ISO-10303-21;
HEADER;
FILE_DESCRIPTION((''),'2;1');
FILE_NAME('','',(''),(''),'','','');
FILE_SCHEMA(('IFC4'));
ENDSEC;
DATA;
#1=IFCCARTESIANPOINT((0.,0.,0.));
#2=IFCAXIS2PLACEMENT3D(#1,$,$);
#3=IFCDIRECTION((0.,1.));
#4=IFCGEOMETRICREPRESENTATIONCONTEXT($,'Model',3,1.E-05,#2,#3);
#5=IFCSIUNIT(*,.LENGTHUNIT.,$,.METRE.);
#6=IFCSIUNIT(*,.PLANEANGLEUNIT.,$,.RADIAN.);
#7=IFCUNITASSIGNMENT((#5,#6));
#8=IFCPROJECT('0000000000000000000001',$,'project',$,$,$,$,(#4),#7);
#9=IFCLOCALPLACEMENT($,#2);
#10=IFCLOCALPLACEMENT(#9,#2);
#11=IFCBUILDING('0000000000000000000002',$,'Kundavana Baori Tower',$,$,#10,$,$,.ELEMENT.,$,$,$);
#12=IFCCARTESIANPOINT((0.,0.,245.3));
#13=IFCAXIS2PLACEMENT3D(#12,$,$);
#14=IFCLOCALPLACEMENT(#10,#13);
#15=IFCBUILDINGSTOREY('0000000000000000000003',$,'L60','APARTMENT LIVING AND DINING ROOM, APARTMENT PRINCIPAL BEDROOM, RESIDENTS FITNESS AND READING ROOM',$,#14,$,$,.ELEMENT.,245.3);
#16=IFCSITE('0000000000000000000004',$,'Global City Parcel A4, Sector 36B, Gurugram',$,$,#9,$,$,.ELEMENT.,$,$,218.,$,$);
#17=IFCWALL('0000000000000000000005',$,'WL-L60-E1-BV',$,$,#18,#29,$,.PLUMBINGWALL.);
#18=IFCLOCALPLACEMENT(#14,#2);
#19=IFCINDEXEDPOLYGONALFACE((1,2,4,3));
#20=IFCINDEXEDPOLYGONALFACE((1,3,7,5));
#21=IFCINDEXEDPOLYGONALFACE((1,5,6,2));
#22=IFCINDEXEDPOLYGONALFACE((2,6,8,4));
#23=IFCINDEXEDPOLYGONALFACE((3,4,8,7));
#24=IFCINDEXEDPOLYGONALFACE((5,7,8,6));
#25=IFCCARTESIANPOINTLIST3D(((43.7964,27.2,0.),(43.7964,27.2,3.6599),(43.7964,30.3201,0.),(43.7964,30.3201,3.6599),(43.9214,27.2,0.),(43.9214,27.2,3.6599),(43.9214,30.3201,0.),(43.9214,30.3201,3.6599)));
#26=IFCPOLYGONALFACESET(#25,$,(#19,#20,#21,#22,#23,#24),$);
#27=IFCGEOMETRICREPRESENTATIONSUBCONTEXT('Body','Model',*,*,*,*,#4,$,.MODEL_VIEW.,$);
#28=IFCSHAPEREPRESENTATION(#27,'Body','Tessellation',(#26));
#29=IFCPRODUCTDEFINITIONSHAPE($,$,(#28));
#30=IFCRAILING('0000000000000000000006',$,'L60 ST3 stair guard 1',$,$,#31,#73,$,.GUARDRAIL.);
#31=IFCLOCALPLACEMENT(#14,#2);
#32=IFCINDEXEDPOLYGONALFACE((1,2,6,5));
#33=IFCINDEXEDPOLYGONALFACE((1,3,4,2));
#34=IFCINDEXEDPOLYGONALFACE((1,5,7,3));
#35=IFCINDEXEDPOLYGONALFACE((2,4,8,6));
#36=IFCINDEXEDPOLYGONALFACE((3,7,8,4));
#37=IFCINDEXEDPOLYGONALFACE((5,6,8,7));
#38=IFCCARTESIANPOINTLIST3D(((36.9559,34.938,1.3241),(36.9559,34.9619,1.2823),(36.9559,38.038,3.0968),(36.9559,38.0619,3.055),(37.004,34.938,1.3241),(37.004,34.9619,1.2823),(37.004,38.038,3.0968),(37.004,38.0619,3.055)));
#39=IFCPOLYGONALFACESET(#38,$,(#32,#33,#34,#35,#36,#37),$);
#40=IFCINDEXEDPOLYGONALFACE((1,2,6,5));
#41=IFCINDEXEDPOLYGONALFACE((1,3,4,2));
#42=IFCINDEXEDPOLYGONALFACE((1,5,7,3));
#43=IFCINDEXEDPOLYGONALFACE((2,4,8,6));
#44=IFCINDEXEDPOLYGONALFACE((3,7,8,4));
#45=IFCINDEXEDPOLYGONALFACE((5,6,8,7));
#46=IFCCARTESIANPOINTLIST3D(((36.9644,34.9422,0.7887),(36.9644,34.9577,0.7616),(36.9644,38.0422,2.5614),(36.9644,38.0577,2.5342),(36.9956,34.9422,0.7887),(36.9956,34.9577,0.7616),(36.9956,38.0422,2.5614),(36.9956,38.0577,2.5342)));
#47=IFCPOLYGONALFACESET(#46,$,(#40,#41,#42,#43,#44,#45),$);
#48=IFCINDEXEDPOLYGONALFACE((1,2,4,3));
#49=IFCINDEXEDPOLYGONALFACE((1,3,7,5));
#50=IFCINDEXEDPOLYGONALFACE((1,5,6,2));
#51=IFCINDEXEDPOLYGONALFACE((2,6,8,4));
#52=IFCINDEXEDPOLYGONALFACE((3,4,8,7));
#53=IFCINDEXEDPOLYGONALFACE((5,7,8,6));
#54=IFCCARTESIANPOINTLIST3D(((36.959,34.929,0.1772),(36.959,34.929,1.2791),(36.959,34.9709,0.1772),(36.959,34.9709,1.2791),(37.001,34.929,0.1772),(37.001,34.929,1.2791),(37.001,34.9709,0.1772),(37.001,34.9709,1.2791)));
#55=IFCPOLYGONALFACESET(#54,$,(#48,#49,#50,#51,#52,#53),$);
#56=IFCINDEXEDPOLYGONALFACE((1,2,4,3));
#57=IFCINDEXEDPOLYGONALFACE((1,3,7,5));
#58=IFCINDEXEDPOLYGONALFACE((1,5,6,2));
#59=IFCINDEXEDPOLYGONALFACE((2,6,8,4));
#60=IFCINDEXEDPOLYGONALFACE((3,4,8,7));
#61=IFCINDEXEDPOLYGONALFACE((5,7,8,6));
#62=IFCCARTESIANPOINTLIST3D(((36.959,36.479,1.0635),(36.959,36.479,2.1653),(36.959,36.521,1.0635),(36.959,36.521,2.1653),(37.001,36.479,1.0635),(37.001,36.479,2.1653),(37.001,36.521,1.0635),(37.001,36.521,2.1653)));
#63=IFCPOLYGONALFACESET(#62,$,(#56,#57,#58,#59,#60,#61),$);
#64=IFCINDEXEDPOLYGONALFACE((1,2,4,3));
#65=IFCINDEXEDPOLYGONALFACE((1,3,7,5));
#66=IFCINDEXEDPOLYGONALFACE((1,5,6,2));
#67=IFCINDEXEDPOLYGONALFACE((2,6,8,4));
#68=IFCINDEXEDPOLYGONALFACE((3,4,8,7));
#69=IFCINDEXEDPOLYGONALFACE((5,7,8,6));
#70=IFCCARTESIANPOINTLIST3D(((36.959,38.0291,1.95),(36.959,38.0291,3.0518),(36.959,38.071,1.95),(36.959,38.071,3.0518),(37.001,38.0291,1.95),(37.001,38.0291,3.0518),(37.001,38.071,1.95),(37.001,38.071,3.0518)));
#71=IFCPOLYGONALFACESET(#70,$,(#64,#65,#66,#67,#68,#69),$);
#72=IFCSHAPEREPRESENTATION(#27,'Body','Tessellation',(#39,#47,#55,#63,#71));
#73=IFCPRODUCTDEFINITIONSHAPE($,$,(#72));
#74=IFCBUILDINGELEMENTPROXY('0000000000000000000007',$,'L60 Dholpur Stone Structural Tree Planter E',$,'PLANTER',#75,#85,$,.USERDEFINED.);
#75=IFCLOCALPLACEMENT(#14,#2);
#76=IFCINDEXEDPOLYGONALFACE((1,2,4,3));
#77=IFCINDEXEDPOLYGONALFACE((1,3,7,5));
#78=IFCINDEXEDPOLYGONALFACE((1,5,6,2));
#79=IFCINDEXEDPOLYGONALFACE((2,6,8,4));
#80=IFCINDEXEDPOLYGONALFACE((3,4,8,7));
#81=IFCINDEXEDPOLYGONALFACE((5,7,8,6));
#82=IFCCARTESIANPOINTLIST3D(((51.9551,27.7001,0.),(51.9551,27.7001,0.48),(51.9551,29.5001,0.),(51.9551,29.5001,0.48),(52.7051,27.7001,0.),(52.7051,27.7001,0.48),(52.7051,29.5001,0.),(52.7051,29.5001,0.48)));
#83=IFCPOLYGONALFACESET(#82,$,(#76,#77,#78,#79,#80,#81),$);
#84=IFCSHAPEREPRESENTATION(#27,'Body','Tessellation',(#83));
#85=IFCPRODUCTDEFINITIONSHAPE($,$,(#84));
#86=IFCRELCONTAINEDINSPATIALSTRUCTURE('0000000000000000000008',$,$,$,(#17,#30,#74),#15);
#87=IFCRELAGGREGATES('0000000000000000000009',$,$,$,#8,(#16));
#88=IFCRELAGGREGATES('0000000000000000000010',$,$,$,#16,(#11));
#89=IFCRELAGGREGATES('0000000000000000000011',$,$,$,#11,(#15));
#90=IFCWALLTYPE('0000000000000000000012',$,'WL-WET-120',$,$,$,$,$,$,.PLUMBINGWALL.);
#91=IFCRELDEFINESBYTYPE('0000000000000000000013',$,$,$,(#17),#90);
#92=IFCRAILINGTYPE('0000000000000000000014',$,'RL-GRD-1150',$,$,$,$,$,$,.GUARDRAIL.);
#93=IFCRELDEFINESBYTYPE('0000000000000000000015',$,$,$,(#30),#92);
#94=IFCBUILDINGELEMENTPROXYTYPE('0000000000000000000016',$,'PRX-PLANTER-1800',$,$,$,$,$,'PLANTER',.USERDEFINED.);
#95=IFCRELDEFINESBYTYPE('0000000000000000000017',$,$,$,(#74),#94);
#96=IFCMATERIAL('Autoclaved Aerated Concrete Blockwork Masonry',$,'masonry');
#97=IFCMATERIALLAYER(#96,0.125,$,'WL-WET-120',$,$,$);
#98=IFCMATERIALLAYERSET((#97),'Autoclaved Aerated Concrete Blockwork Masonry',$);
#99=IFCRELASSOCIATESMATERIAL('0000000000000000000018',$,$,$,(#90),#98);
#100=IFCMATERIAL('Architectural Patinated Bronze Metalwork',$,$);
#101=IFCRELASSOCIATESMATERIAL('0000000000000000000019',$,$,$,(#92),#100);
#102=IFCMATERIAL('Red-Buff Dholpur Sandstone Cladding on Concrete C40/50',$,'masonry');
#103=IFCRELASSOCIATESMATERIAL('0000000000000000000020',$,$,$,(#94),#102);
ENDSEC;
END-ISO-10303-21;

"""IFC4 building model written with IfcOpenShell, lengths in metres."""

from ifc_helpers import new_model, si_unit, direction, frame, frame_2d, origin, origin_2d, place, context, subcontext, project, spatial, rectangle, extrude, material, layer, layer_set, type_object, element, save


model = new_model("IFC4")

# Units and contexts
model_context = context("Model", 3, precision=1e-05, world=origin(), true_north=direction((0.0, 1.0)))
body_context = subcontext(model_context, "Body", "Model", "MODEL_VIEW")
ifc_project = project(units=[si_unit("LENGTHUNIT", "METRE"), si_unit("PLANEANGLEUNIT", "RADIAN")], contexts=[model_context])

# Site, building, storey
site_placement = place(None, origin())
site = spatial("IfcSite", under=ifc_project, at=site_placement, Name="Global City Parcel A4, Sector 36B, Gurugram", CompositionType="ELEMENT", RefElevation=218.0)
building_placement = place(site_placement, origin())
building = spatial("IfcBuilding", under=site, at=building_placement, Name="Kundavana Baori Tower", CompositionType="ELEMENT")
storey_placement = place(building_placement, frame((0.0, 0.0, 245.3)))
storey = spatial("IfcBuildingStorey", under=building, at=storey_placement, Name="L60", Description="APARTMENT LIVING AND DINING ROOM, APARTMENT PRINCIPAL BEDROOM, RESIDENTS FITNESS AND READING ROOM", CompositionType="ELEMENT", Elevation=245.3)

# Shared definitions
ifc_material_1 = material(Name="Autoclaved Aerated Concrete Blockwork Masonry", Category="masonry")
ifc_layer_1 = layer(ifc_material_1, 0.125, Name="WL-WET-120")
ifc_layer_set_1 = layer_set([ifc_layer_1], Name="Autoclaved Aerated Concrete Blockwork Masonry")
wall_type_1 = type_object("IfcWallType", Name="WL-WET-120", PredefinedType="PLUMBINGWALL", material=ifc_layer_set_1)

# Wall
wall_1_placement = place(storey_placement, frame((43.8589, 27.2, 0.0), z_axis=(0.0, 0.0, 1.0), x_axis=(0.0, 1.0, 0.0)))
element("IfcWall", 1, at=wall_1_placement, inside=storey, type_object=wall_type_1, Name="WL-L60-E1-BV", PredefinedType="PLUMBINGWALL", context=body_context, shape_type="SweptSolid", body=[
    extrude(rectangle(XDim=3.1201, YDim=0.125, at=frame_2d((1.5601, 0.0))), origin(), (0.0, 0.0, 1.0), 3.6599),
])

# Railing
ifc_material_2 = material(Name="Architectural Patinated Bronze Metalwork")
railing_type = type_object("IfcRailingType", Name="RL-GRD-1150", PredefinedType="GUARDRAIL", material=ifc_material_2)
railing_placement = place(storey_placement, frame((36.98, 34.95, 0.1772)))
element("IfcRailing", 2, at=railing_placement, inside=storey, type_object=railing_type, Name="L60 ST3 stair guard 1", PredefinedType="GUARDRAIL", context=body_context, shape_type="SweptSolid", body=[
    extrude(rectangle(XDim=0.0481, YDim=0.0481, at=origin_2d()), frame((0.0, 0.0, 1.126), z_axis=(0.0, 0.868096, 0.496397), x_axis=(-1.0, 0.0, 0.0)), (0.0, 0.0, 1.0), 3.571),
    extrude(rectangle(XDim=0.0312, YDim=0.0312, at=origin_2d()), frame((0.0, 0.0, 0.5979), z_axis=(0.0, 0.868096, 0.496397), x_axis=(-1.0, 0.0, 0.0)), (0.0, 0.0, 1.0), 3.571),
    extrude(rectangle(XDim=0.042, YDim=0.042, at=origin_2d()), origin(), (0.0, 0.0, 1.0), 1.1018),
    extrude(rectangle(XDim=0.042, YDim=0.042, at=origin_2d()), frame((0.0, 1.55, 0.8862)), (0.0, 0.0, 1.0), 1.1018),
    extrude(rectangle(XDim=0.042, YDim=0.042, at=origin_2d()), frame((0.0, 3.1001, 1.7727)), (0.0, 0.0, 1.0), 1.1018),
])

# Building element proxy
ifc_material_3 = material(Name="Red-Buff Dholpur Sandstone Cladding on Concrete C40/50", Category="masonry")
building_element_proxy_type = type_object("IfcBuildingElementProxyType", Name="PRX-PLANTER-1800", ElementType="PLANTER", PredefinedType="USERDEFINED", material=ifc_material_3)
proxy_placement = place(storey_placement, frame((52.3301, 28.6001, 0.0), z_axis=(0.0, 0.0, 1.0), x_axis=(0.0, 1.0, 0.0)))
element("IfcBuildingElementProxy", 3, at=proxy_placement, inside=storey, type_object=building_element_proxy_type, Name="L60 Dholpur Stone Structural Tree Planter E", ObjectType="PLANTER", PredefinedType="USERDEFINED", context=body_context, shape_type="SweptSolid", body=[
    extrude(rectangle(XDim=1.8, YDim=0.75, at=origin_2d()), origin(), (0.0, 0.0, 1.0), 0.48),
])

save(model, "model.ifc")
